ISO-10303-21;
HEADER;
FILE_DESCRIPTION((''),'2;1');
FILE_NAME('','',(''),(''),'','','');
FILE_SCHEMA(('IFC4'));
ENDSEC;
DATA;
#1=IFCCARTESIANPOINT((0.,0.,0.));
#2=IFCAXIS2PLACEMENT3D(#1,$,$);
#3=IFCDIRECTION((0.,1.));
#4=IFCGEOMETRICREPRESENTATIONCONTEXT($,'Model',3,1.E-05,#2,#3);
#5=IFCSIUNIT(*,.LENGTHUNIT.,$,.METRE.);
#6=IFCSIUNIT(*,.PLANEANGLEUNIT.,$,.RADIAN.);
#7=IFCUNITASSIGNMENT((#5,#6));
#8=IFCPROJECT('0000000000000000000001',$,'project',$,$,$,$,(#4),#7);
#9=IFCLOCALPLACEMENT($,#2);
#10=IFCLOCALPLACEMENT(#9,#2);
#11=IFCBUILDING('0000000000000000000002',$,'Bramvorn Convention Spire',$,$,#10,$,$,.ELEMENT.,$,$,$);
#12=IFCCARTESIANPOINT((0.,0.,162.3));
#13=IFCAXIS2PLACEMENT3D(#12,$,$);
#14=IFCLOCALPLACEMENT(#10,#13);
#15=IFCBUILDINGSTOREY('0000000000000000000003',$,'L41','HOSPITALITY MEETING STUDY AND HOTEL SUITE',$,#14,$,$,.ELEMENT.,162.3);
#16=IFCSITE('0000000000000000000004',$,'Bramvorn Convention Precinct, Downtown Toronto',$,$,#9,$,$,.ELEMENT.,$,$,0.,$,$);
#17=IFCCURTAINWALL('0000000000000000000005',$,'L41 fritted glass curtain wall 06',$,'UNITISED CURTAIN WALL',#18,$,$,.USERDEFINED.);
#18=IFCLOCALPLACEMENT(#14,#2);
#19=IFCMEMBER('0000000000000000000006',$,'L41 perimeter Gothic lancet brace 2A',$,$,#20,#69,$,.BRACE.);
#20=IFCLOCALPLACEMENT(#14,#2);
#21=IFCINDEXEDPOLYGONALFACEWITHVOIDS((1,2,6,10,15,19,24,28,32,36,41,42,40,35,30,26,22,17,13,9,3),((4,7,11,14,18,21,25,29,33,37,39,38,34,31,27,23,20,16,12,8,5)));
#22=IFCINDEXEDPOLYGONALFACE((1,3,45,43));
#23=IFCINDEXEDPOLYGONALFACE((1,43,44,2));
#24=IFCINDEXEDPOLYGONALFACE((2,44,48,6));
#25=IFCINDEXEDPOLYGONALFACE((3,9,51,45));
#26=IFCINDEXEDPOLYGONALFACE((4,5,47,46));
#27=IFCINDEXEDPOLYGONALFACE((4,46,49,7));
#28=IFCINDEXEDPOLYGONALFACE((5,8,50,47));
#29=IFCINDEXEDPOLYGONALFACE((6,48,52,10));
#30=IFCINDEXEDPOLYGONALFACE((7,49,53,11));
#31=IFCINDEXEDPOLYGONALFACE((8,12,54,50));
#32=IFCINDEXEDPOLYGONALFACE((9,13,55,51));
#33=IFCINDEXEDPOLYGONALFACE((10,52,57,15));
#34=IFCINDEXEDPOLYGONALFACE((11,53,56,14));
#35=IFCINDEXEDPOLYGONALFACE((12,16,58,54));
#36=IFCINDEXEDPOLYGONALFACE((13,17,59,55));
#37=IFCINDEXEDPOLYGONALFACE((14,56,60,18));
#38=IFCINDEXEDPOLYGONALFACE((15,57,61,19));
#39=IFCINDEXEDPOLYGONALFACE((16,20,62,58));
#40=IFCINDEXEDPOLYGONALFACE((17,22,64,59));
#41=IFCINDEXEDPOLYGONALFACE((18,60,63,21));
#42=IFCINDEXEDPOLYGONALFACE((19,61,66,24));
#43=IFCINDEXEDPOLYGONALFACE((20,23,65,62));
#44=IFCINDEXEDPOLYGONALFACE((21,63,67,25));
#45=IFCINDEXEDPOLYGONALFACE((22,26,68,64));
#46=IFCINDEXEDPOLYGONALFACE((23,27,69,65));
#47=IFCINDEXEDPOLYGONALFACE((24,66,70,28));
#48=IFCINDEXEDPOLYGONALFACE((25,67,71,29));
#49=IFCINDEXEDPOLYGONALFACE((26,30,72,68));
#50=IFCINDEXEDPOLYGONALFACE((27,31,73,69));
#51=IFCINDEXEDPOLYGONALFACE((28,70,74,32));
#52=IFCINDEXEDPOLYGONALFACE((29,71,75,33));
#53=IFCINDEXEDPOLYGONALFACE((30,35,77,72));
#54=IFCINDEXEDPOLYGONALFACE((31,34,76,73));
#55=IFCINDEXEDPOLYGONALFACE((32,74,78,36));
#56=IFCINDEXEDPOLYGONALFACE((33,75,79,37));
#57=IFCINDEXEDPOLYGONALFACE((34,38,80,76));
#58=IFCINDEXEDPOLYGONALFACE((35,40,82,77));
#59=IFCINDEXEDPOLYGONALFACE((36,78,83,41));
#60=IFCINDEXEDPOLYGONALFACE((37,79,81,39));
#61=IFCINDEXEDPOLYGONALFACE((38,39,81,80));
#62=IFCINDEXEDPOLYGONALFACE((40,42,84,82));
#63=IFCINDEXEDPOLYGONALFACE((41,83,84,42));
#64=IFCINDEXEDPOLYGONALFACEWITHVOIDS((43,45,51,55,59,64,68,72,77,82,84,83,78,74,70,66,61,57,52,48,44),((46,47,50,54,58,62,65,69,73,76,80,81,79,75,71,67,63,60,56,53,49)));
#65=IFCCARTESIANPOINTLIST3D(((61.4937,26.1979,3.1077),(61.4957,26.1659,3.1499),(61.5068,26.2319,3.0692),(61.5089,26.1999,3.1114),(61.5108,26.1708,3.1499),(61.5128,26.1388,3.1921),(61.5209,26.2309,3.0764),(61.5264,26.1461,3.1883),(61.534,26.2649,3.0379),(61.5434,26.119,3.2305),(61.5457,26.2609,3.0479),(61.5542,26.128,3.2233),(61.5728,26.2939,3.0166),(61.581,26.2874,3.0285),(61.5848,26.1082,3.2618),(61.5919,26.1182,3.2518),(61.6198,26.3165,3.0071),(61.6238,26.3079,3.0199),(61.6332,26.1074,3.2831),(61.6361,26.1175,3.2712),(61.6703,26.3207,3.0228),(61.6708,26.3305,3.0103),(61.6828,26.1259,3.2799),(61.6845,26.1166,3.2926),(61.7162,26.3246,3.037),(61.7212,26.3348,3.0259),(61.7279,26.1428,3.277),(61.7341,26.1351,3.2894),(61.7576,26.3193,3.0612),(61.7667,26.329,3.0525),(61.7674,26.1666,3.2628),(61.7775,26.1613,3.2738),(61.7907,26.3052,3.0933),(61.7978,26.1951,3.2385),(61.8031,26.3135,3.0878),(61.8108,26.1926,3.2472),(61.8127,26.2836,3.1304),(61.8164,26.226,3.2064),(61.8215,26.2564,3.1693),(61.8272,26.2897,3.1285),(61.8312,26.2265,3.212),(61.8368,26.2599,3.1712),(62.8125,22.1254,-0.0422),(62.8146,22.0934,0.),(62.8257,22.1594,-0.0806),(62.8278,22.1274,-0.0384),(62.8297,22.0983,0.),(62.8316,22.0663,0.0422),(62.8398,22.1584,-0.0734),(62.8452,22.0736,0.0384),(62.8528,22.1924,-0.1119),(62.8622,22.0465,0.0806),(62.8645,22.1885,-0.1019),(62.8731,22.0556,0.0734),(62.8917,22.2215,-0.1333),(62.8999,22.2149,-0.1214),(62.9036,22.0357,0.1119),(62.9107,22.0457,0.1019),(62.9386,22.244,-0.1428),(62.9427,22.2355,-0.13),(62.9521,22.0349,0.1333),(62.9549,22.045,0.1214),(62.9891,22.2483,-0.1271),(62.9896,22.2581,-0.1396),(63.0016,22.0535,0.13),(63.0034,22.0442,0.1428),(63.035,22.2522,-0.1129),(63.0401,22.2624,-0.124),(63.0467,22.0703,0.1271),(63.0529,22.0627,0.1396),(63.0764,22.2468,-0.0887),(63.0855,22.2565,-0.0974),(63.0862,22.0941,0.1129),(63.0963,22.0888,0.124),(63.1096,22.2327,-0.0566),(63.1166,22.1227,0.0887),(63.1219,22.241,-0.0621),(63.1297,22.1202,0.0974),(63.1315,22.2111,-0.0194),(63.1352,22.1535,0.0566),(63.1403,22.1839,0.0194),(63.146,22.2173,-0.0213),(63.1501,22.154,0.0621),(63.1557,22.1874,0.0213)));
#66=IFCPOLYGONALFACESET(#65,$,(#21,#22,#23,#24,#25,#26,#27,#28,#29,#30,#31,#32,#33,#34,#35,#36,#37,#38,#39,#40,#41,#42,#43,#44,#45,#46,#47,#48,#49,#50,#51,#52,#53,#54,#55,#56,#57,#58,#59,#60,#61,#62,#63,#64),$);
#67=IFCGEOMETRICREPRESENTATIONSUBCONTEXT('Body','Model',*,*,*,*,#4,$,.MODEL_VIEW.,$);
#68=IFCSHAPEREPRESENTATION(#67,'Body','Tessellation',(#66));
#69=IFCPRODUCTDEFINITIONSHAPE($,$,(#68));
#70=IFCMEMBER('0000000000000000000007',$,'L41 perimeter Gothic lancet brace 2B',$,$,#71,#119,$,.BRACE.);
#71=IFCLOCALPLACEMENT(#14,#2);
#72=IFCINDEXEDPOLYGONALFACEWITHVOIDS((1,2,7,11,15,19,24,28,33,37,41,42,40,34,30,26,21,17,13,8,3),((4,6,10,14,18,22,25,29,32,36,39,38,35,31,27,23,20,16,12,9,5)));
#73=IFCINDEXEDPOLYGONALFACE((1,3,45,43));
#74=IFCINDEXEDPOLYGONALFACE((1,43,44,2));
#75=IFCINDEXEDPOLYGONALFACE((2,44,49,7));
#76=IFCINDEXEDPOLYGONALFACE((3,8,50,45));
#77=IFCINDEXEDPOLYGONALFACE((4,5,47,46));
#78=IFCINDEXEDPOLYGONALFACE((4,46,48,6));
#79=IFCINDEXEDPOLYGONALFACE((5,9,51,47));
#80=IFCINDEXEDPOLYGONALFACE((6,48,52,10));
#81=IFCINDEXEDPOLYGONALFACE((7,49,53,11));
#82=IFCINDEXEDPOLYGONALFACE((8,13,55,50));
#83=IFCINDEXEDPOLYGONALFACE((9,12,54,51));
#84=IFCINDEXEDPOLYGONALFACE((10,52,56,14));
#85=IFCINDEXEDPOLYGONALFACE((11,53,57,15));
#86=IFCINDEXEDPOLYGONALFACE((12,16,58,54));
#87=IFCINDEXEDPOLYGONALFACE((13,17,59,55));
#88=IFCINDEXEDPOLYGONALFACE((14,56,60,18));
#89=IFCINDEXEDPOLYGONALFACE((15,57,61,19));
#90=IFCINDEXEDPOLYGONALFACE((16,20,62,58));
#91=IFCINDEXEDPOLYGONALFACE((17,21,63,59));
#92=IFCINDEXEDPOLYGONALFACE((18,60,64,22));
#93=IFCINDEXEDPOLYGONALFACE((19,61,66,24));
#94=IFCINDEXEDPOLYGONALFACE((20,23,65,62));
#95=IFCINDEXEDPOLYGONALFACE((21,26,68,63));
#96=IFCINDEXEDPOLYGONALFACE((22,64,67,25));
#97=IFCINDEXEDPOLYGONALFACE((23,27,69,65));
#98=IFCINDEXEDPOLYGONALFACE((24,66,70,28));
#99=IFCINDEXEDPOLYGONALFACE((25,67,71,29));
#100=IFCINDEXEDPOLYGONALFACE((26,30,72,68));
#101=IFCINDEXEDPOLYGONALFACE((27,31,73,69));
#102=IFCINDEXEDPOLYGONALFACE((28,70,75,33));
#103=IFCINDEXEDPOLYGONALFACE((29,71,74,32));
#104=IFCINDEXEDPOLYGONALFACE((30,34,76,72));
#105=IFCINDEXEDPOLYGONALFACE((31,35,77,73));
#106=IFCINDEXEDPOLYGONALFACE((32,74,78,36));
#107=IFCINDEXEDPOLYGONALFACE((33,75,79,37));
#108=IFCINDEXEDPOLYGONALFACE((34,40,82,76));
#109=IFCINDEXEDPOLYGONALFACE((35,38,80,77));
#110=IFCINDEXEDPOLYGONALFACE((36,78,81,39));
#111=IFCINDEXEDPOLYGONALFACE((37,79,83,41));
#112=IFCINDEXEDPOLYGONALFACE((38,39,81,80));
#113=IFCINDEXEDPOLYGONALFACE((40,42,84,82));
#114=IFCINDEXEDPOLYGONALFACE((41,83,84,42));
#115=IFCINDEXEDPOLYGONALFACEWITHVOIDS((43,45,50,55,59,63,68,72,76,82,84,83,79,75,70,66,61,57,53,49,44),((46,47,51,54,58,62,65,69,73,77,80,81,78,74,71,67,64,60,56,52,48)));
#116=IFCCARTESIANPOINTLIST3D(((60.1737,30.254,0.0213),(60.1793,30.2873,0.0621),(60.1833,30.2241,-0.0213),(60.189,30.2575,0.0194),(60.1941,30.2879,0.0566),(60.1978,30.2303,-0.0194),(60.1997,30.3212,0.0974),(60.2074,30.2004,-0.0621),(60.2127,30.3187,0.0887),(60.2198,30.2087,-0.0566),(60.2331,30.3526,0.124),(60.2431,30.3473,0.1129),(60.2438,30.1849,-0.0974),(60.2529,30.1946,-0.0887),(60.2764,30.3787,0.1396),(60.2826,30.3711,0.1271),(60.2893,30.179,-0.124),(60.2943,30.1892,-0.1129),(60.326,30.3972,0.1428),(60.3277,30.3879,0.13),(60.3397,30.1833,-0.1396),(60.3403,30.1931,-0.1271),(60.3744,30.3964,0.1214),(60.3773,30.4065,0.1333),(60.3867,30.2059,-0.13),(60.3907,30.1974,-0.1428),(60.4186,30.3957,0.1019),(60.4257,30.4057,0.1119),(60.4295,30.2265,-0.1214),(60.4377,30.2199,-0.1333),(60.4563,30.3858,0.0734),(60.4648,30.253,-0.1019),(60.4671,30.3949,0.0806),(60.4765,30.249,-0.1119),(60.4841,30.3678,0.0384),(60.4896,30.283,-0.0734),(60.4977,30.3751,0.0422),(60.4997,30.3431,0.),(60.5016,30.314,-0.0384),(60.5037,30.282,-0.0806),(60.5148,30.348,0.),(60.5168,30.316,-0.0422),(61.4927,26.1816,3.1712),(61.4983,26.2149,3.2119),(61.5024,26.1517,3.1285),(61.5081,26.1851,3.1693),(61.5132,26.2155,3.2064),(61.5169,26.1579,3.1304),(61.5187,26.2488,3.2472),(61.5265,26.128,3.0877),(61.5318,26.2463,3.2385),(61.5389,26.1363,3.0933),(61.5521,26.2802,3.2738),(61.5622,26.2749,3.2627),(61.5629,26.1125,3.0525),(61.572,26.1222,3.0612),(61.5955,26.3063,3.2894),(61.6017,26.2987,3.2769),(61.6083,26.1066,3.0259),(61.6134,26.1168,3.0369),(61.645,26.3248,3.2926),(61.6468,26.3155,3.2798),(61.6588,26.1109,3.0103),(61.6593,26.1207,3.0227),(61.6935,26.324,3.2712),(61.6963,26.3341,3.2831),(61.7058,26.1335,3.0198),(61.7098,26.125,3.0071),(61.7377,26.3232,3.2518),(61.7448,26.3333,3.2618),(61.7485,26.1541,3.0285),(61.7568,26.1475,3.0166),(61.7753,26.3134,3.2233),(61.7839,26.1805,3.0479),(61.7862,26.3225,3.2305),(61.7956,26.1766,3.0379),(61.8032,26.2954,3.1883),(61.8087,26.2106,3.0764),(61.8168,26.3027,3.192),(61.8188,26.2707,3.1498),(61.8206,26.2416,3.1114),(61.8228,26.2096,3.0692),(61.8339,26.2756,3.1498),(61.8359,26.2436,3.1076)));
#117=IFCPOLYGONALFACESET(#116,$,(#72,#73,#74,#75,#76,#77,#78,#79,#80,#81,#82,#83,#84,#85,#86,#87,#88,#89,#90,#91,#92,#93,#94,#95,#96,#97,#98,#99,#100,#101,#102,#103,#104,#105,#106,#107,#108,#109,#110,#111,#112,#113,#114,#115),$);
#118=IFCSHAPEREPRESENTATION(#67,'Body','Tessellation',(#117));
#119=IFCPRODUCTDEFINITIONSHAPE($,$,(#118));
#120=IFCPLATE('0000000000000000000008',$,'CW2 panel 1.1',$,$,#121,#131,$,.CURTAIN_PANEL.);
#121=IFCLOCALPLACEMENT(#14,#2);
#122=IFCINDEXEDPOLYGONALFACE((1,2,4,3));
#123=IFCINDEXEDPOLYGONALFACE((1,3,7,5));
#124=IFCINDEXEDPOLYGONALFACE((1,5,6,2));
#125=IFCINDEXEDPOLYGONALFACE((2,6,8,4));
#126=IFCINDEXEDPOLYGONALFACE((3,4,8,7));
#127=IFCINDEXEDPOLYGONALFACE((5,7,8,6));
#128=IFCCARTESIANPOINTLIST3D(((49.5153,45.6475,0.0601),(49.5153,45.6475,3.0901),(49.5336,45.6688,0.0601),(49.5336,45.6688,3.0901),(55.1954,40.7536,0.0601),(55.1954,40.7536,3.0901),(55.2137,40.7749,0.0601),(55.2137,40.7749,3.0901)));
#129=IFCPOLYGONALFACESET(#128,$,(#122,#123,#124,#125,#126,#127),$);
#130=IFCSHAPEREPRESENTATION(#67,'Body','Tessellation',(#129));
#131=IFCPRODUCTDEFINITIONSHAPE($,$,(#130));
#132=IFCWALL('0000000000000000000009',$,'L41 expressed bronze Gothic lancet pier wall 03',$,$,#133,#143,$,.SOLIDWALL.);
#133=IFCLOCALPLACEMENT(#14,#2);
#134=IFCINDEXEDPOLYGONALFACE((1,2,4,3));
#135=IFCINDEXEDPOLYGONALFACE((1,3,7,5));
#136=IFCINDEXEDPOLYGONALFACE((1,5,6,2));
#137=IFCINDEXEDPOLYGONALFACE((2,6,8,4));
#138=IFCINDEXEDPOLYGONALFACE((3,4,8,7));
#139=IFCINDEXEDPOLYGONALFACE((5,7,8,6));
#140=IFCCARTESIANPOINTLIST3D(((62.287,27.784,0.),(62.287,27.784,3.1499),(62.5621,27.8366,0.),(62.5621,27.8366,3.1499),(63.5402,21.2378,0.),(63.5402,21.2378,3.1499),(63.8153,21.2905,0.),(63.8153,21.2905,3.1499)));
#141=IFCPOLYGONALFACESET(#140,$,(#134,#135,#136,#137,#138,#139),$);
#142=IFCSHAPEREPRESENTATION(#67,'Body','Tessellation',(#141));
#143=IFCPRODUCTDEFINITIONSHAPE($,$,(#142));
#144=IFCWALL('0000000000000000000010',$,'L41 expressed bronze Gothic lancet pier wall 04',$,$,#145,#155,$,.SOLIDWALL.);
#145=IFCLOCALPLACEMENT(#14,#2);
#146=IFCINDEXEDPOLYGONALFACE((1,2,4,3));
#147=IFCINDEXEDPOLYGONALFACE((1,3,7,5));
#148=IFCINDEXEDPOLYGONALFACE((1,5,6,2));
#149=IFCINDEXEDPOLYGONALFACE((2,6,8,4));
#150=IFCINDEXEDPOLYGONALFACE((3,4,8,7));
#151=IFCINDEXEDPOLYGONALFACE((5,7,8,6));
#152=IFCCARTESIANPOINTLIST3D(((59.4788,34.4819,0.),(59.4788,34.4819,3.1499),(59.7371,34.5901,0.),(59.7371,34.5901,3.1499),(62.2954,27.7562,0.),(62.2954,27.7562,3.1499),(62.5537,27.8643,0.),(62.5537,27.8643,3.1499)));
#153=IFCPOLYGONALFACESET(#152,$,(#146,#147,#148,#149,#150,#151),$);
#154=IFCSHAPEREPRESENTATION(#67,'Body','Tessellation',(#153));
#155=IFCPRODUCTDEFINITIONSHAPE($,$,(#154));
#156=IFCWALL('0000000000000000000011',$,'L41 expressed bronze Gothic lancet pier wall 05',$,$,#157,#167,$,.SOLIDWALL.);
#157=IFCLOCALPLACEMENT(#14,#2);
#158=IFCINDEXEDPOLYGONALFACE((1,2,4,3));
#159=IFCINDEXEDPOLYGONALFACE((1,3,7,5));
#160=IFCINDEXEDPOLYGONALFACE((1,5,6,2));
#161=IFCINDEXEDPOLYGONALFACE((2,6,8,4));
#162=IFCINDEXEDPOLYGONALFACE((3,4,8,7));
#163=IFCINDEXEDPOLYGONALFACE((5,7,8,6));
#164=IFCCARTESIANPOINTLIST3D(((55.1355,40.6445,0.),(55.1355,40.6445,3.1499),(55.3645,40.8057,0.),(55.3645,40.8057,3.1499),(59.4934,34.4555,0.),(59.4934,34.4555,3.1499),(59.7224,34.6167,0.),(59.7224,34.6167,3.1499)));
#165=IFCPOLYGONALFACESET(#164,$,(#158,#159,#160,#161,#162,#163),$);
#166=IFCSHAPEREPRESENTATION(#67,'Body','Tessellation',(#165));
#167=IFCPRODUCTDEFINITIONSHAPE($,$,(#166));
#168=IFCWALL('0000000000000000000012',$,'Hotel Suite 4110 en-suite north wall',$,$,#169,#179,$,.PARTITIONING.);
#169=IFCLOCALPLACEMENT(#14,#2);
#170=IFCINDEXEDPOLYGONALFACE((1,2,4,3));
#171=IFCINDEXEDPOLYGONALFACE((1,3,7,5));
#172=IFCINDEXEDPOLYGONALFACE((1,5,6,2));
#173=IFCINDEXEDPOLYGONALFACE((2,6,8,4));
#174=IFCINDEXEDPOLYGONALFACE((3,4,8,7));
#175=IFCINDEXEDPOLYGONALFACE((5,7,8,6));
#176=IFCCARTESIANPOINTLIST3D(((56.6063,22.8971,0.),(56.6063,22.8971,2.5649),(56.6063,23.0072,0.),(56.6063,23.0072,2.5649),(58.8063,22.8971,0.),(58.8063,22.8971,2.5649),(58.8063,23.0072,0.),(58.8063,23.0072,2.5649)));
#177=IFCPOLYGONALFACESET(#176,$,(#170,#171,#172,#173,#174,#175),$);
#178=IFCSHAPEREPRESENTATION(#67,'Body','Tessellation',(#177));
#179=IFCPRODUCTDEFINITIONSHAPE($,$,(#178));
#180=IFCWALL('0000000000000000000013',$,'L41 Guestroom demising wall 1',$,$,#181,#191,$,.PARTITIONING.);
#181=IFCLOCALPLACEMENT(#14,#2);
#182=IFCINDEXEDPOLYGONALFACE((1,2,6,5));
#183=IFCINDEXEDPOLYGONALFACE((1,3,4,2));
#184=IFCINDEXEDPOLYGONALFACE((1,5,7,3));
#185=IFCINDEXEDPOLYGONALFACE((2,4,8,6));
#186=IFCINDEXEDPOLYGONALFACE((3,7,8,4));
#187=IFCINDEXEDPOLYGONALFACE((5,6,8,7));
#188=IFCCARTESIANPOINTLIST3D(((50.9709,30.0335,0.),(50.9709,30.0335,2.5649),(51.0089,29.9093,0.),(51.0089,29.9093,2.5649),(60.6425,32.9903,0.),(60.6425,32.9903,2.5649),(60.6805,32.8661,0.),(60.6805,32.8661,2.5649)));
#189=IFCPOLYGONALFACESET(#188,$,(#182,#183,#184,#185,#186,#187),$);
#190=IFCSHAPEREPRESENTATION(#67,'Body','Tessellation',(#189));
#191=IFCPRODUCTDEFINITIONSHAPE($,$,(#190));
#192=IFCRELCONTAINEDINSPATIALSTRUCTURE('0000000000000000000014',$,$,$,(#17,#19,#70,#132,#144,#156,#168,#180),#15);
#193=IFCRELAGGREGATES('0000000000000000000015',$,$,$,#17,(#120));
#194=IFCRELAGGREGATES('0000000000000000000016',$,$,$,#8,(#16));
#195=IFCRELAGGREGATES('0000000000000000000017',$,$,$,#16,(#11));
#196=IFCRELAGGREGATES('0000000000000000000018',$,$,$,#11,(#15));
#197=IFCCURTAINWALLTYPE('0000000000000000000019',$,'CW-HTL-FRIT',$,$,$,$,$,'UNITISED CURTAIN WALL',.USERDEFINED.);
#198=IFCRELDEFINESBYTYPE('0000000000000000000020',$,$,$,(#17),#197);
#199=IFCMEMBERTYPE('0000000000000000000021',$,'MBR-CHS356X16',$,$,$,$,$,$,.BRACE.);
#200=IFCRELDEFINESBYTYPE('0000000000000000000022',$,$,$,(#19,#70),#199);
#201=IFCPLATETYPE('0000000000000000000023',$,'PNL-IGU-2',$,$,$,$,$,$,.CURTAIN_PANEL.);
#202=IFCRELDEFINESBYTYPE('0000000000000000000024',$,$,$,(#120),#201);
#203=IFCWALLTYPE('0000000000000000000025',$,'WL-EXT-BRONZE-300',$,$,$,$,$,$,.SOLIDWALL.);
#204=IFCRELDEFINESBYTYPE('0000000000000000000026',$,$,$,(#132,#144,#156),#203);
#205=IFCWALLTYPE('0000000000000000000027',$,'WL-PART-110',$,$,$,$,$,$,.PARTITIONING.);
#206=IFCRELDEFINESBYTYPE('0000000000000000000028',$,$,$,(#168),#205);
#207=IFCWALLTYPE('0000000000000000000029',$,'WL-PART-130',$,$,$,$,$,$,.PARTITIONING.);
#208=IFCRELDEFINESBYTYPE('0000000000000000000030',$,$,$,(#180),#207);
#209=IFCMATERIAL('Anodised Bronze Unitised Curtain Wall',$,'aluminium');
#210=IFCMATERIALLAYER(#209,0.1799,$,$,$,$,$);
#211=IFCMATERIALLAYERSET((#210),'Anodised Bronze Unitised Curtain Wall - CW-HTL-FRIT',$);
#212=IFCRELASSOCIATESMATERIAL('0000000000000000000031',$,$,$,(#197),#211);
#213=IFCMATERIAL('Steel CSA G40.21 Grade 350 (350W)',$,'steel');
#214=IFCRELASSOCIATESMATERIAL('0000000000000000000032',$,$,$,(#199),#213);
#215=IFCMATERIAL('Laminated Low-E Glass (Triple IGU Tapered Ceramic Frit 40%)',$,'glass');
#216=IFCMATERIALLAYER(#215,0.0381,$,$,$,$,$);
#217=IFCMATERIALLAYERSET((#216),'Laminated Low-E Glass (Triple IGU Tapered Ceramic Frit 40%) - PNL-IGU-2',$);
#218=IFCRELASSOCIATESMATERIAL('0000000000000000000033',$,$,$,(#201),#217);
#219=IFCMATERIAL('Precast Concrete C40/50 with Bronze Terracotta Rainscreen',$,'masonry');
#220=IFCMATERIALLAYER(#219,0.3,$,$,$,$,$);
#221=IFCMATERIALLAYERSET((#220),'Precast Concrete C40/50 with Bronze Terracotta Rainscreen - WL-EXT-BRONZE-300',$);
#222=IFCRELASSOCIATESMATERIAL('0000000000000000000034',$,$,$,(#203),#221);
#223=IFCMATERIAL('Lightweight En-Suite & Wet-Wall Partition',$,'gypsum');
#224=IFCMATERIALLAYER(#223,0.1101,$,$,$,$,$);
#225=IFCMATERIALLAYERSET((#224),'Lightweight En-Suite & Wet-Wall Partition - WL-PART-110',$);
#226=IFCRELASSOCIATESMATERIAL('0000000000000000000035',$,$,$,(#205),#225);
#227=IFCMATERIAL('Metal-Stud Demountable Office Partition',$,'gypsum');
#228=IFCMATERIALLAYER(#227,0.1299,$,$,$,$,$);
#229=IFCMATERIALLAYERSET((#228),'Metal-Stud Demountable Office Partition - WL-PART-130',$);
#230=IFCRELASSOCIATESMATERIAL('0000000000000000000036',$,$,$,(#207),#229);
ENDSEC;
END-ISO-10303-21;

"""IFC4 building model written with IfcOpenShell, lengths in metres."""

from ifc_helpers import new_model, si_unit, direction, frame, frame_2d, origin, origin_2d, place, context, subcontext, project, spatial, rectangle, hollow_circle, extrude, material, layer, layer_set, material_profile, profile_set, type_object, element, aggregate, save


model = new_model("IFC4")

# Units and contexts
model_context = context("Model", 3, precision=1e-05, world=origin(), true_north=direction((0.0, 1.0)))
body_context = subcontext(model_context, "Body", "Model", "MODEL_VIEW")
ifc_project = project(units=[si_unit("LENGTHUNIT", "METRE"), si_unit("PLANEANGLEUNIT", "RADIAN")], contexts=[model_context])

# Site, building, storey
site_placement = place(None, origin())
site = spatial("IfcSite", under=ifc_project, at=site_placement, Name="Bramvorn Convention Precinct, Downtown Toronto", CompositionType="ELEMENT", RefElevation=0.0)
building_placement = place(site_placement, origin())
building = spatial("IfcBuilding", under=site, at=building_placement, Name="Bramvorn Convention Spire", CompositionType="ELEMENT")
storey_placement = place(building_placement, frame((0.0, 0.0, 162.3)))
storey = spatial("IfcBuildingStorey", under=building, at=storey_placement, Name="L41", Description="HOSPITALITY MEETING STUDY AND HOTEL SUITE", CompositionType="ELEMENT", Elevation=162.3)

# Shared definitions
ifc_material_1 = material(Name="Steel CSA G40.21 Grade 350 (350W)", Category="steel")

# Curtain wall
ifc_material_2 = material(Name="Anodised Bronze Unitised Curtain Wall", Category="aluminium")
ifc_layer_1 = layer(ifc_material_2, 0.1799)
ifc_layer_set_1 = layer_set([ifc_layer_1], Name="Anodised Bronze Unitised Curtain Wall - CW-HTL-FRIT")
curtain_wall_type = type_object("IfcCurtainWallType", Name="CW-HTL-FRIT", ElementType="UNITISED CURTAIN WALL", PredefinedType="USERDEFINED", material=ifc_layer_set_1)
curtain_wall_1_placement = place(storey_placement, origin())
curtain_wall_1 = element("IfcCurtainWall", 1, at=curtain_wall_1_placement, inside=storey, type_object=curtain_wall_type, Name="L41 fritted glass curtain wall 06", ObjectType="UNITISED CURTAIN WALL", PredefinedType="USERDEFINED")

# Members
ifc_material_profile_1 = material_profile(ifc_material_1, hollow_circle(Radius=0.1777, WallThickness=0.0159, at=origin_2d()))
ifc_profile_set_1 = profile_set([ifc_material_profile_1], Name="Steel CSA G40.21 Grade 350 (350W) - CHS356X16")
member_type_1 = type_object("IfcMemberType", Name="MBR-CHS356X16", PredefinedType="BRACE", material=ifc_profile_set_1)
for number, where, z_axis, x_axis, name in (
    (2, (62.9836, 22.1482, 0.0), (-0.248149, 0.766265, 0.592672), (-0.951358, -0.308089, 0.0), "L41 perimeter Gothic lancet brace 2A"),
    (3, (60.3457, 30.2932, 0.0), (0.248192, -0.766257, 0.592665), (0.951341, 0.308141, 0.0), "L41 perimeter Gothic lancet brace 2B"),
):
    element("IfcMember", number, at=place(storey_placement, frame(where, z_axis=z_axis, x_axis=x_axis)), inside=storey, type_object=member_type_1, Name=name, PredefinedType="BRACE", context=body_context, shape_type="SweptSolid", body=[
        extrude(hollow_circle(Radius=0.1777, WallThickness=0.0159, at=origin_2d()), origin(), (0.0, 0.0, 1.0), 5.3147),
    ])

# Plate
ifc_material_3 = material(Name="Laminated Low-E Glass (Triple IGU Tapered Ceramic Frit 40%)", Category="glass")
ifc_layer_2 = layer(ifc_material_3, 0.0381)
ifc_layer_set_2 = layer_set([ifc_layer_2], Name="Laminated Low-E Glass (Triple IGU Tapered Ceramic Frit 40%) - PNL-IGU-2")
plate_type = type_object("IfcPlateType", Name="PNL-IGU-2", PredefinedType="CURTAIN_PANEL", material=ifc_layer_set_2)
plate_placement = place(storey_placement, frame((52.3645, 43.2112, 0.0601), z_axis=(0.0, 0.0, 1.0), x_axis=(0.757586, -0.652735, 0.0)))
plate = element("IfcPlate", 4, at=plate_placement, type_object=plate_type, Name="CW2 panel 1.1", PredefinedType="CURTAIN_PANEL", context=body_context, shape_type="SweptSolid", body=[
    extrude(rectangle(XDim=7.4976, YDim=0.0281, at=origin_2d()), origin(), (0.0, 0.0, 1.0), 3.03),
])
aggregate(curtain_wall_1, [plate])

# Walls
ifc_material_4 = material(Name="Precast Concrete C40/50 with Bronze Terracotta Rainscreen", Category="masonry")
ifc_layer_3 = layer(ifc_material_4, 0.3)
ifc_layer_set_3 = layer_set([ifc_layer_3], Name="Precast Concrete C40/50 with Bronze Terracotta Rainscreen - WL-EXT-BRONZE-300")
wall_type_1 = type_object("IfcWallType", Name="WL-EXT-BRONZE-300", PredefinedType="SOLIDWALL", material=ifc_layer_set_3)
wall_1_placement = place(storey_placement, frame((62.4246, 27.8103, 0.0), z_axis=(0.0, 0.0, 1.0), x_axis=(0.188023, -0.982165, 0.0)))
element("IfcWall", 5, at=wall_1_placement, inside=storey, type_object=wall_type_1, Name="L41 expressed bronze Gothic lancet pier wall 03", PredefinedType="SOLIDWALL", context=body_context, shape_type="SweptSolid", body=[
    extrude(rectangle(XDim=6.665, YDim=0.28, at=frame_2d((3.3325, 0.0))), origin(), (0.0, 0.0, 1.0), 3.1499),
])
wall_2_placement = place(storey_placement, frame((59.6079, 34.5361, 0.0), z_axis=(0.0, 0.0, 1.0), x_axis=(0.386277, -0.922383, 0.0)))
element("IfcWall", 6, at=wall_2_placement, inside=storey, type_object=wall_type_1, Name="L41 expressed bronze Gothic lancet pier wall 04", PredefinedType="SOLIDWALL", context=body_context, shape_type="SweptSolid", body=[
    extrude(rectangle(XDim=7.2917, YDim=0.28, at=frame_2d((3.646, 0.0))), origin(), (0.0, 0.0, 1.0), 3.1499),
])
wall_3_placement = place(storey_placement, frame((55.25, 40.7251, 0.0), z_axis=(0.0, 0.0, 1.0), x_axis=(0.575733, -0.817638, 0.0)))
element("IfcWall", 7, at=wall_3_placement, inside=storey, type_object=wall_type_1, Name="L41 expressed bronze Gothic lancet pier wall 05", PredefinedType="SOLIDWALL", context=body_context, shape_type="SweptSolid", body=[
    extrude(rectangle(XDim=7.5693, YDim=0.28, at=frame_2d((3.7847, 0.0))), origin(), (0.0, 0.0, 1.0), 3.1499),
])
ifc_material_5 = material(Name="Lightweight En-Suite & Wet-Wall Partition", Category="gypsum")
ifc_layer_4 = layer(ifc_material_5, 0.1101)
ifc_layer_set_4 = layer_set([ifc_layer_4], Name="Lightweight En-Suite & Wet-Wall Partition - WL-PART-110")
wall_type_2 = type_object("IfcWallType", Name="WL-PART-110", PredefinedType="PARTITIONING", material=ifc_layer_set_4)
wall_4_placement = place(storey_placement, frame((56.6062, 22.9521, 0.0), z_axis=(0.0, 0.0, 1.0), x_axis=(1.0, 0.0, 0.0)))
element("IfcWall", 8, at=wall_4_placement, inside=storey, type_object=wall_type_2, Name="Hotel Suite 4110 en-suite north wall", PredefinedType="PARTITIONING", context=body_context, shape_type="SweptSolid", body=[
    extrude(rectangle(XDim=2.2, YDim=0.1101, at=frame_2d((1.1001, 0.0))), origin(), (0.0, 0.0, 1.0), 2.5649),
])
ifc_material_6 = material(Name="Metal-Stud Demountable Office Partition", Category="gypsum")
ifc_layer_5 = layer(ifc_material_6, 0.1299)
ifc_layer_set_5 = layer_set([ifc_layer_5], Name="Metal-Stud Demountable Office Partition - WL-PART-130")
wall_type_3 = type_object("IfcWallType", Name="WL-PART-130", PredefinedType="PARTITIONING", material=ifc_layer_set_5)
wall_5_placement = place(storey_placement, frame((50.99, 29.9714, 0.0), z_axis=(0.0, 0.0, 1.0), x_axis=(0.956308, 0.29236, 0.0)))
element("IfcWall", 9, at=wall_5_placement, inside=storey, type_object=wall_type_3, Name="L41 Guestroom demising wall 1", PredefinedType="PARTITIONING", context=body_context, shape_type="SweptSolid", body=[
    extrude(rectangle(XDim=10.1135, YDim=0.1299, at=frame_2d((5.0566, 0.0))), origin(), (0.0, 0.0, 1.0), 2.5649),
])

save(model, "model.ifc")
